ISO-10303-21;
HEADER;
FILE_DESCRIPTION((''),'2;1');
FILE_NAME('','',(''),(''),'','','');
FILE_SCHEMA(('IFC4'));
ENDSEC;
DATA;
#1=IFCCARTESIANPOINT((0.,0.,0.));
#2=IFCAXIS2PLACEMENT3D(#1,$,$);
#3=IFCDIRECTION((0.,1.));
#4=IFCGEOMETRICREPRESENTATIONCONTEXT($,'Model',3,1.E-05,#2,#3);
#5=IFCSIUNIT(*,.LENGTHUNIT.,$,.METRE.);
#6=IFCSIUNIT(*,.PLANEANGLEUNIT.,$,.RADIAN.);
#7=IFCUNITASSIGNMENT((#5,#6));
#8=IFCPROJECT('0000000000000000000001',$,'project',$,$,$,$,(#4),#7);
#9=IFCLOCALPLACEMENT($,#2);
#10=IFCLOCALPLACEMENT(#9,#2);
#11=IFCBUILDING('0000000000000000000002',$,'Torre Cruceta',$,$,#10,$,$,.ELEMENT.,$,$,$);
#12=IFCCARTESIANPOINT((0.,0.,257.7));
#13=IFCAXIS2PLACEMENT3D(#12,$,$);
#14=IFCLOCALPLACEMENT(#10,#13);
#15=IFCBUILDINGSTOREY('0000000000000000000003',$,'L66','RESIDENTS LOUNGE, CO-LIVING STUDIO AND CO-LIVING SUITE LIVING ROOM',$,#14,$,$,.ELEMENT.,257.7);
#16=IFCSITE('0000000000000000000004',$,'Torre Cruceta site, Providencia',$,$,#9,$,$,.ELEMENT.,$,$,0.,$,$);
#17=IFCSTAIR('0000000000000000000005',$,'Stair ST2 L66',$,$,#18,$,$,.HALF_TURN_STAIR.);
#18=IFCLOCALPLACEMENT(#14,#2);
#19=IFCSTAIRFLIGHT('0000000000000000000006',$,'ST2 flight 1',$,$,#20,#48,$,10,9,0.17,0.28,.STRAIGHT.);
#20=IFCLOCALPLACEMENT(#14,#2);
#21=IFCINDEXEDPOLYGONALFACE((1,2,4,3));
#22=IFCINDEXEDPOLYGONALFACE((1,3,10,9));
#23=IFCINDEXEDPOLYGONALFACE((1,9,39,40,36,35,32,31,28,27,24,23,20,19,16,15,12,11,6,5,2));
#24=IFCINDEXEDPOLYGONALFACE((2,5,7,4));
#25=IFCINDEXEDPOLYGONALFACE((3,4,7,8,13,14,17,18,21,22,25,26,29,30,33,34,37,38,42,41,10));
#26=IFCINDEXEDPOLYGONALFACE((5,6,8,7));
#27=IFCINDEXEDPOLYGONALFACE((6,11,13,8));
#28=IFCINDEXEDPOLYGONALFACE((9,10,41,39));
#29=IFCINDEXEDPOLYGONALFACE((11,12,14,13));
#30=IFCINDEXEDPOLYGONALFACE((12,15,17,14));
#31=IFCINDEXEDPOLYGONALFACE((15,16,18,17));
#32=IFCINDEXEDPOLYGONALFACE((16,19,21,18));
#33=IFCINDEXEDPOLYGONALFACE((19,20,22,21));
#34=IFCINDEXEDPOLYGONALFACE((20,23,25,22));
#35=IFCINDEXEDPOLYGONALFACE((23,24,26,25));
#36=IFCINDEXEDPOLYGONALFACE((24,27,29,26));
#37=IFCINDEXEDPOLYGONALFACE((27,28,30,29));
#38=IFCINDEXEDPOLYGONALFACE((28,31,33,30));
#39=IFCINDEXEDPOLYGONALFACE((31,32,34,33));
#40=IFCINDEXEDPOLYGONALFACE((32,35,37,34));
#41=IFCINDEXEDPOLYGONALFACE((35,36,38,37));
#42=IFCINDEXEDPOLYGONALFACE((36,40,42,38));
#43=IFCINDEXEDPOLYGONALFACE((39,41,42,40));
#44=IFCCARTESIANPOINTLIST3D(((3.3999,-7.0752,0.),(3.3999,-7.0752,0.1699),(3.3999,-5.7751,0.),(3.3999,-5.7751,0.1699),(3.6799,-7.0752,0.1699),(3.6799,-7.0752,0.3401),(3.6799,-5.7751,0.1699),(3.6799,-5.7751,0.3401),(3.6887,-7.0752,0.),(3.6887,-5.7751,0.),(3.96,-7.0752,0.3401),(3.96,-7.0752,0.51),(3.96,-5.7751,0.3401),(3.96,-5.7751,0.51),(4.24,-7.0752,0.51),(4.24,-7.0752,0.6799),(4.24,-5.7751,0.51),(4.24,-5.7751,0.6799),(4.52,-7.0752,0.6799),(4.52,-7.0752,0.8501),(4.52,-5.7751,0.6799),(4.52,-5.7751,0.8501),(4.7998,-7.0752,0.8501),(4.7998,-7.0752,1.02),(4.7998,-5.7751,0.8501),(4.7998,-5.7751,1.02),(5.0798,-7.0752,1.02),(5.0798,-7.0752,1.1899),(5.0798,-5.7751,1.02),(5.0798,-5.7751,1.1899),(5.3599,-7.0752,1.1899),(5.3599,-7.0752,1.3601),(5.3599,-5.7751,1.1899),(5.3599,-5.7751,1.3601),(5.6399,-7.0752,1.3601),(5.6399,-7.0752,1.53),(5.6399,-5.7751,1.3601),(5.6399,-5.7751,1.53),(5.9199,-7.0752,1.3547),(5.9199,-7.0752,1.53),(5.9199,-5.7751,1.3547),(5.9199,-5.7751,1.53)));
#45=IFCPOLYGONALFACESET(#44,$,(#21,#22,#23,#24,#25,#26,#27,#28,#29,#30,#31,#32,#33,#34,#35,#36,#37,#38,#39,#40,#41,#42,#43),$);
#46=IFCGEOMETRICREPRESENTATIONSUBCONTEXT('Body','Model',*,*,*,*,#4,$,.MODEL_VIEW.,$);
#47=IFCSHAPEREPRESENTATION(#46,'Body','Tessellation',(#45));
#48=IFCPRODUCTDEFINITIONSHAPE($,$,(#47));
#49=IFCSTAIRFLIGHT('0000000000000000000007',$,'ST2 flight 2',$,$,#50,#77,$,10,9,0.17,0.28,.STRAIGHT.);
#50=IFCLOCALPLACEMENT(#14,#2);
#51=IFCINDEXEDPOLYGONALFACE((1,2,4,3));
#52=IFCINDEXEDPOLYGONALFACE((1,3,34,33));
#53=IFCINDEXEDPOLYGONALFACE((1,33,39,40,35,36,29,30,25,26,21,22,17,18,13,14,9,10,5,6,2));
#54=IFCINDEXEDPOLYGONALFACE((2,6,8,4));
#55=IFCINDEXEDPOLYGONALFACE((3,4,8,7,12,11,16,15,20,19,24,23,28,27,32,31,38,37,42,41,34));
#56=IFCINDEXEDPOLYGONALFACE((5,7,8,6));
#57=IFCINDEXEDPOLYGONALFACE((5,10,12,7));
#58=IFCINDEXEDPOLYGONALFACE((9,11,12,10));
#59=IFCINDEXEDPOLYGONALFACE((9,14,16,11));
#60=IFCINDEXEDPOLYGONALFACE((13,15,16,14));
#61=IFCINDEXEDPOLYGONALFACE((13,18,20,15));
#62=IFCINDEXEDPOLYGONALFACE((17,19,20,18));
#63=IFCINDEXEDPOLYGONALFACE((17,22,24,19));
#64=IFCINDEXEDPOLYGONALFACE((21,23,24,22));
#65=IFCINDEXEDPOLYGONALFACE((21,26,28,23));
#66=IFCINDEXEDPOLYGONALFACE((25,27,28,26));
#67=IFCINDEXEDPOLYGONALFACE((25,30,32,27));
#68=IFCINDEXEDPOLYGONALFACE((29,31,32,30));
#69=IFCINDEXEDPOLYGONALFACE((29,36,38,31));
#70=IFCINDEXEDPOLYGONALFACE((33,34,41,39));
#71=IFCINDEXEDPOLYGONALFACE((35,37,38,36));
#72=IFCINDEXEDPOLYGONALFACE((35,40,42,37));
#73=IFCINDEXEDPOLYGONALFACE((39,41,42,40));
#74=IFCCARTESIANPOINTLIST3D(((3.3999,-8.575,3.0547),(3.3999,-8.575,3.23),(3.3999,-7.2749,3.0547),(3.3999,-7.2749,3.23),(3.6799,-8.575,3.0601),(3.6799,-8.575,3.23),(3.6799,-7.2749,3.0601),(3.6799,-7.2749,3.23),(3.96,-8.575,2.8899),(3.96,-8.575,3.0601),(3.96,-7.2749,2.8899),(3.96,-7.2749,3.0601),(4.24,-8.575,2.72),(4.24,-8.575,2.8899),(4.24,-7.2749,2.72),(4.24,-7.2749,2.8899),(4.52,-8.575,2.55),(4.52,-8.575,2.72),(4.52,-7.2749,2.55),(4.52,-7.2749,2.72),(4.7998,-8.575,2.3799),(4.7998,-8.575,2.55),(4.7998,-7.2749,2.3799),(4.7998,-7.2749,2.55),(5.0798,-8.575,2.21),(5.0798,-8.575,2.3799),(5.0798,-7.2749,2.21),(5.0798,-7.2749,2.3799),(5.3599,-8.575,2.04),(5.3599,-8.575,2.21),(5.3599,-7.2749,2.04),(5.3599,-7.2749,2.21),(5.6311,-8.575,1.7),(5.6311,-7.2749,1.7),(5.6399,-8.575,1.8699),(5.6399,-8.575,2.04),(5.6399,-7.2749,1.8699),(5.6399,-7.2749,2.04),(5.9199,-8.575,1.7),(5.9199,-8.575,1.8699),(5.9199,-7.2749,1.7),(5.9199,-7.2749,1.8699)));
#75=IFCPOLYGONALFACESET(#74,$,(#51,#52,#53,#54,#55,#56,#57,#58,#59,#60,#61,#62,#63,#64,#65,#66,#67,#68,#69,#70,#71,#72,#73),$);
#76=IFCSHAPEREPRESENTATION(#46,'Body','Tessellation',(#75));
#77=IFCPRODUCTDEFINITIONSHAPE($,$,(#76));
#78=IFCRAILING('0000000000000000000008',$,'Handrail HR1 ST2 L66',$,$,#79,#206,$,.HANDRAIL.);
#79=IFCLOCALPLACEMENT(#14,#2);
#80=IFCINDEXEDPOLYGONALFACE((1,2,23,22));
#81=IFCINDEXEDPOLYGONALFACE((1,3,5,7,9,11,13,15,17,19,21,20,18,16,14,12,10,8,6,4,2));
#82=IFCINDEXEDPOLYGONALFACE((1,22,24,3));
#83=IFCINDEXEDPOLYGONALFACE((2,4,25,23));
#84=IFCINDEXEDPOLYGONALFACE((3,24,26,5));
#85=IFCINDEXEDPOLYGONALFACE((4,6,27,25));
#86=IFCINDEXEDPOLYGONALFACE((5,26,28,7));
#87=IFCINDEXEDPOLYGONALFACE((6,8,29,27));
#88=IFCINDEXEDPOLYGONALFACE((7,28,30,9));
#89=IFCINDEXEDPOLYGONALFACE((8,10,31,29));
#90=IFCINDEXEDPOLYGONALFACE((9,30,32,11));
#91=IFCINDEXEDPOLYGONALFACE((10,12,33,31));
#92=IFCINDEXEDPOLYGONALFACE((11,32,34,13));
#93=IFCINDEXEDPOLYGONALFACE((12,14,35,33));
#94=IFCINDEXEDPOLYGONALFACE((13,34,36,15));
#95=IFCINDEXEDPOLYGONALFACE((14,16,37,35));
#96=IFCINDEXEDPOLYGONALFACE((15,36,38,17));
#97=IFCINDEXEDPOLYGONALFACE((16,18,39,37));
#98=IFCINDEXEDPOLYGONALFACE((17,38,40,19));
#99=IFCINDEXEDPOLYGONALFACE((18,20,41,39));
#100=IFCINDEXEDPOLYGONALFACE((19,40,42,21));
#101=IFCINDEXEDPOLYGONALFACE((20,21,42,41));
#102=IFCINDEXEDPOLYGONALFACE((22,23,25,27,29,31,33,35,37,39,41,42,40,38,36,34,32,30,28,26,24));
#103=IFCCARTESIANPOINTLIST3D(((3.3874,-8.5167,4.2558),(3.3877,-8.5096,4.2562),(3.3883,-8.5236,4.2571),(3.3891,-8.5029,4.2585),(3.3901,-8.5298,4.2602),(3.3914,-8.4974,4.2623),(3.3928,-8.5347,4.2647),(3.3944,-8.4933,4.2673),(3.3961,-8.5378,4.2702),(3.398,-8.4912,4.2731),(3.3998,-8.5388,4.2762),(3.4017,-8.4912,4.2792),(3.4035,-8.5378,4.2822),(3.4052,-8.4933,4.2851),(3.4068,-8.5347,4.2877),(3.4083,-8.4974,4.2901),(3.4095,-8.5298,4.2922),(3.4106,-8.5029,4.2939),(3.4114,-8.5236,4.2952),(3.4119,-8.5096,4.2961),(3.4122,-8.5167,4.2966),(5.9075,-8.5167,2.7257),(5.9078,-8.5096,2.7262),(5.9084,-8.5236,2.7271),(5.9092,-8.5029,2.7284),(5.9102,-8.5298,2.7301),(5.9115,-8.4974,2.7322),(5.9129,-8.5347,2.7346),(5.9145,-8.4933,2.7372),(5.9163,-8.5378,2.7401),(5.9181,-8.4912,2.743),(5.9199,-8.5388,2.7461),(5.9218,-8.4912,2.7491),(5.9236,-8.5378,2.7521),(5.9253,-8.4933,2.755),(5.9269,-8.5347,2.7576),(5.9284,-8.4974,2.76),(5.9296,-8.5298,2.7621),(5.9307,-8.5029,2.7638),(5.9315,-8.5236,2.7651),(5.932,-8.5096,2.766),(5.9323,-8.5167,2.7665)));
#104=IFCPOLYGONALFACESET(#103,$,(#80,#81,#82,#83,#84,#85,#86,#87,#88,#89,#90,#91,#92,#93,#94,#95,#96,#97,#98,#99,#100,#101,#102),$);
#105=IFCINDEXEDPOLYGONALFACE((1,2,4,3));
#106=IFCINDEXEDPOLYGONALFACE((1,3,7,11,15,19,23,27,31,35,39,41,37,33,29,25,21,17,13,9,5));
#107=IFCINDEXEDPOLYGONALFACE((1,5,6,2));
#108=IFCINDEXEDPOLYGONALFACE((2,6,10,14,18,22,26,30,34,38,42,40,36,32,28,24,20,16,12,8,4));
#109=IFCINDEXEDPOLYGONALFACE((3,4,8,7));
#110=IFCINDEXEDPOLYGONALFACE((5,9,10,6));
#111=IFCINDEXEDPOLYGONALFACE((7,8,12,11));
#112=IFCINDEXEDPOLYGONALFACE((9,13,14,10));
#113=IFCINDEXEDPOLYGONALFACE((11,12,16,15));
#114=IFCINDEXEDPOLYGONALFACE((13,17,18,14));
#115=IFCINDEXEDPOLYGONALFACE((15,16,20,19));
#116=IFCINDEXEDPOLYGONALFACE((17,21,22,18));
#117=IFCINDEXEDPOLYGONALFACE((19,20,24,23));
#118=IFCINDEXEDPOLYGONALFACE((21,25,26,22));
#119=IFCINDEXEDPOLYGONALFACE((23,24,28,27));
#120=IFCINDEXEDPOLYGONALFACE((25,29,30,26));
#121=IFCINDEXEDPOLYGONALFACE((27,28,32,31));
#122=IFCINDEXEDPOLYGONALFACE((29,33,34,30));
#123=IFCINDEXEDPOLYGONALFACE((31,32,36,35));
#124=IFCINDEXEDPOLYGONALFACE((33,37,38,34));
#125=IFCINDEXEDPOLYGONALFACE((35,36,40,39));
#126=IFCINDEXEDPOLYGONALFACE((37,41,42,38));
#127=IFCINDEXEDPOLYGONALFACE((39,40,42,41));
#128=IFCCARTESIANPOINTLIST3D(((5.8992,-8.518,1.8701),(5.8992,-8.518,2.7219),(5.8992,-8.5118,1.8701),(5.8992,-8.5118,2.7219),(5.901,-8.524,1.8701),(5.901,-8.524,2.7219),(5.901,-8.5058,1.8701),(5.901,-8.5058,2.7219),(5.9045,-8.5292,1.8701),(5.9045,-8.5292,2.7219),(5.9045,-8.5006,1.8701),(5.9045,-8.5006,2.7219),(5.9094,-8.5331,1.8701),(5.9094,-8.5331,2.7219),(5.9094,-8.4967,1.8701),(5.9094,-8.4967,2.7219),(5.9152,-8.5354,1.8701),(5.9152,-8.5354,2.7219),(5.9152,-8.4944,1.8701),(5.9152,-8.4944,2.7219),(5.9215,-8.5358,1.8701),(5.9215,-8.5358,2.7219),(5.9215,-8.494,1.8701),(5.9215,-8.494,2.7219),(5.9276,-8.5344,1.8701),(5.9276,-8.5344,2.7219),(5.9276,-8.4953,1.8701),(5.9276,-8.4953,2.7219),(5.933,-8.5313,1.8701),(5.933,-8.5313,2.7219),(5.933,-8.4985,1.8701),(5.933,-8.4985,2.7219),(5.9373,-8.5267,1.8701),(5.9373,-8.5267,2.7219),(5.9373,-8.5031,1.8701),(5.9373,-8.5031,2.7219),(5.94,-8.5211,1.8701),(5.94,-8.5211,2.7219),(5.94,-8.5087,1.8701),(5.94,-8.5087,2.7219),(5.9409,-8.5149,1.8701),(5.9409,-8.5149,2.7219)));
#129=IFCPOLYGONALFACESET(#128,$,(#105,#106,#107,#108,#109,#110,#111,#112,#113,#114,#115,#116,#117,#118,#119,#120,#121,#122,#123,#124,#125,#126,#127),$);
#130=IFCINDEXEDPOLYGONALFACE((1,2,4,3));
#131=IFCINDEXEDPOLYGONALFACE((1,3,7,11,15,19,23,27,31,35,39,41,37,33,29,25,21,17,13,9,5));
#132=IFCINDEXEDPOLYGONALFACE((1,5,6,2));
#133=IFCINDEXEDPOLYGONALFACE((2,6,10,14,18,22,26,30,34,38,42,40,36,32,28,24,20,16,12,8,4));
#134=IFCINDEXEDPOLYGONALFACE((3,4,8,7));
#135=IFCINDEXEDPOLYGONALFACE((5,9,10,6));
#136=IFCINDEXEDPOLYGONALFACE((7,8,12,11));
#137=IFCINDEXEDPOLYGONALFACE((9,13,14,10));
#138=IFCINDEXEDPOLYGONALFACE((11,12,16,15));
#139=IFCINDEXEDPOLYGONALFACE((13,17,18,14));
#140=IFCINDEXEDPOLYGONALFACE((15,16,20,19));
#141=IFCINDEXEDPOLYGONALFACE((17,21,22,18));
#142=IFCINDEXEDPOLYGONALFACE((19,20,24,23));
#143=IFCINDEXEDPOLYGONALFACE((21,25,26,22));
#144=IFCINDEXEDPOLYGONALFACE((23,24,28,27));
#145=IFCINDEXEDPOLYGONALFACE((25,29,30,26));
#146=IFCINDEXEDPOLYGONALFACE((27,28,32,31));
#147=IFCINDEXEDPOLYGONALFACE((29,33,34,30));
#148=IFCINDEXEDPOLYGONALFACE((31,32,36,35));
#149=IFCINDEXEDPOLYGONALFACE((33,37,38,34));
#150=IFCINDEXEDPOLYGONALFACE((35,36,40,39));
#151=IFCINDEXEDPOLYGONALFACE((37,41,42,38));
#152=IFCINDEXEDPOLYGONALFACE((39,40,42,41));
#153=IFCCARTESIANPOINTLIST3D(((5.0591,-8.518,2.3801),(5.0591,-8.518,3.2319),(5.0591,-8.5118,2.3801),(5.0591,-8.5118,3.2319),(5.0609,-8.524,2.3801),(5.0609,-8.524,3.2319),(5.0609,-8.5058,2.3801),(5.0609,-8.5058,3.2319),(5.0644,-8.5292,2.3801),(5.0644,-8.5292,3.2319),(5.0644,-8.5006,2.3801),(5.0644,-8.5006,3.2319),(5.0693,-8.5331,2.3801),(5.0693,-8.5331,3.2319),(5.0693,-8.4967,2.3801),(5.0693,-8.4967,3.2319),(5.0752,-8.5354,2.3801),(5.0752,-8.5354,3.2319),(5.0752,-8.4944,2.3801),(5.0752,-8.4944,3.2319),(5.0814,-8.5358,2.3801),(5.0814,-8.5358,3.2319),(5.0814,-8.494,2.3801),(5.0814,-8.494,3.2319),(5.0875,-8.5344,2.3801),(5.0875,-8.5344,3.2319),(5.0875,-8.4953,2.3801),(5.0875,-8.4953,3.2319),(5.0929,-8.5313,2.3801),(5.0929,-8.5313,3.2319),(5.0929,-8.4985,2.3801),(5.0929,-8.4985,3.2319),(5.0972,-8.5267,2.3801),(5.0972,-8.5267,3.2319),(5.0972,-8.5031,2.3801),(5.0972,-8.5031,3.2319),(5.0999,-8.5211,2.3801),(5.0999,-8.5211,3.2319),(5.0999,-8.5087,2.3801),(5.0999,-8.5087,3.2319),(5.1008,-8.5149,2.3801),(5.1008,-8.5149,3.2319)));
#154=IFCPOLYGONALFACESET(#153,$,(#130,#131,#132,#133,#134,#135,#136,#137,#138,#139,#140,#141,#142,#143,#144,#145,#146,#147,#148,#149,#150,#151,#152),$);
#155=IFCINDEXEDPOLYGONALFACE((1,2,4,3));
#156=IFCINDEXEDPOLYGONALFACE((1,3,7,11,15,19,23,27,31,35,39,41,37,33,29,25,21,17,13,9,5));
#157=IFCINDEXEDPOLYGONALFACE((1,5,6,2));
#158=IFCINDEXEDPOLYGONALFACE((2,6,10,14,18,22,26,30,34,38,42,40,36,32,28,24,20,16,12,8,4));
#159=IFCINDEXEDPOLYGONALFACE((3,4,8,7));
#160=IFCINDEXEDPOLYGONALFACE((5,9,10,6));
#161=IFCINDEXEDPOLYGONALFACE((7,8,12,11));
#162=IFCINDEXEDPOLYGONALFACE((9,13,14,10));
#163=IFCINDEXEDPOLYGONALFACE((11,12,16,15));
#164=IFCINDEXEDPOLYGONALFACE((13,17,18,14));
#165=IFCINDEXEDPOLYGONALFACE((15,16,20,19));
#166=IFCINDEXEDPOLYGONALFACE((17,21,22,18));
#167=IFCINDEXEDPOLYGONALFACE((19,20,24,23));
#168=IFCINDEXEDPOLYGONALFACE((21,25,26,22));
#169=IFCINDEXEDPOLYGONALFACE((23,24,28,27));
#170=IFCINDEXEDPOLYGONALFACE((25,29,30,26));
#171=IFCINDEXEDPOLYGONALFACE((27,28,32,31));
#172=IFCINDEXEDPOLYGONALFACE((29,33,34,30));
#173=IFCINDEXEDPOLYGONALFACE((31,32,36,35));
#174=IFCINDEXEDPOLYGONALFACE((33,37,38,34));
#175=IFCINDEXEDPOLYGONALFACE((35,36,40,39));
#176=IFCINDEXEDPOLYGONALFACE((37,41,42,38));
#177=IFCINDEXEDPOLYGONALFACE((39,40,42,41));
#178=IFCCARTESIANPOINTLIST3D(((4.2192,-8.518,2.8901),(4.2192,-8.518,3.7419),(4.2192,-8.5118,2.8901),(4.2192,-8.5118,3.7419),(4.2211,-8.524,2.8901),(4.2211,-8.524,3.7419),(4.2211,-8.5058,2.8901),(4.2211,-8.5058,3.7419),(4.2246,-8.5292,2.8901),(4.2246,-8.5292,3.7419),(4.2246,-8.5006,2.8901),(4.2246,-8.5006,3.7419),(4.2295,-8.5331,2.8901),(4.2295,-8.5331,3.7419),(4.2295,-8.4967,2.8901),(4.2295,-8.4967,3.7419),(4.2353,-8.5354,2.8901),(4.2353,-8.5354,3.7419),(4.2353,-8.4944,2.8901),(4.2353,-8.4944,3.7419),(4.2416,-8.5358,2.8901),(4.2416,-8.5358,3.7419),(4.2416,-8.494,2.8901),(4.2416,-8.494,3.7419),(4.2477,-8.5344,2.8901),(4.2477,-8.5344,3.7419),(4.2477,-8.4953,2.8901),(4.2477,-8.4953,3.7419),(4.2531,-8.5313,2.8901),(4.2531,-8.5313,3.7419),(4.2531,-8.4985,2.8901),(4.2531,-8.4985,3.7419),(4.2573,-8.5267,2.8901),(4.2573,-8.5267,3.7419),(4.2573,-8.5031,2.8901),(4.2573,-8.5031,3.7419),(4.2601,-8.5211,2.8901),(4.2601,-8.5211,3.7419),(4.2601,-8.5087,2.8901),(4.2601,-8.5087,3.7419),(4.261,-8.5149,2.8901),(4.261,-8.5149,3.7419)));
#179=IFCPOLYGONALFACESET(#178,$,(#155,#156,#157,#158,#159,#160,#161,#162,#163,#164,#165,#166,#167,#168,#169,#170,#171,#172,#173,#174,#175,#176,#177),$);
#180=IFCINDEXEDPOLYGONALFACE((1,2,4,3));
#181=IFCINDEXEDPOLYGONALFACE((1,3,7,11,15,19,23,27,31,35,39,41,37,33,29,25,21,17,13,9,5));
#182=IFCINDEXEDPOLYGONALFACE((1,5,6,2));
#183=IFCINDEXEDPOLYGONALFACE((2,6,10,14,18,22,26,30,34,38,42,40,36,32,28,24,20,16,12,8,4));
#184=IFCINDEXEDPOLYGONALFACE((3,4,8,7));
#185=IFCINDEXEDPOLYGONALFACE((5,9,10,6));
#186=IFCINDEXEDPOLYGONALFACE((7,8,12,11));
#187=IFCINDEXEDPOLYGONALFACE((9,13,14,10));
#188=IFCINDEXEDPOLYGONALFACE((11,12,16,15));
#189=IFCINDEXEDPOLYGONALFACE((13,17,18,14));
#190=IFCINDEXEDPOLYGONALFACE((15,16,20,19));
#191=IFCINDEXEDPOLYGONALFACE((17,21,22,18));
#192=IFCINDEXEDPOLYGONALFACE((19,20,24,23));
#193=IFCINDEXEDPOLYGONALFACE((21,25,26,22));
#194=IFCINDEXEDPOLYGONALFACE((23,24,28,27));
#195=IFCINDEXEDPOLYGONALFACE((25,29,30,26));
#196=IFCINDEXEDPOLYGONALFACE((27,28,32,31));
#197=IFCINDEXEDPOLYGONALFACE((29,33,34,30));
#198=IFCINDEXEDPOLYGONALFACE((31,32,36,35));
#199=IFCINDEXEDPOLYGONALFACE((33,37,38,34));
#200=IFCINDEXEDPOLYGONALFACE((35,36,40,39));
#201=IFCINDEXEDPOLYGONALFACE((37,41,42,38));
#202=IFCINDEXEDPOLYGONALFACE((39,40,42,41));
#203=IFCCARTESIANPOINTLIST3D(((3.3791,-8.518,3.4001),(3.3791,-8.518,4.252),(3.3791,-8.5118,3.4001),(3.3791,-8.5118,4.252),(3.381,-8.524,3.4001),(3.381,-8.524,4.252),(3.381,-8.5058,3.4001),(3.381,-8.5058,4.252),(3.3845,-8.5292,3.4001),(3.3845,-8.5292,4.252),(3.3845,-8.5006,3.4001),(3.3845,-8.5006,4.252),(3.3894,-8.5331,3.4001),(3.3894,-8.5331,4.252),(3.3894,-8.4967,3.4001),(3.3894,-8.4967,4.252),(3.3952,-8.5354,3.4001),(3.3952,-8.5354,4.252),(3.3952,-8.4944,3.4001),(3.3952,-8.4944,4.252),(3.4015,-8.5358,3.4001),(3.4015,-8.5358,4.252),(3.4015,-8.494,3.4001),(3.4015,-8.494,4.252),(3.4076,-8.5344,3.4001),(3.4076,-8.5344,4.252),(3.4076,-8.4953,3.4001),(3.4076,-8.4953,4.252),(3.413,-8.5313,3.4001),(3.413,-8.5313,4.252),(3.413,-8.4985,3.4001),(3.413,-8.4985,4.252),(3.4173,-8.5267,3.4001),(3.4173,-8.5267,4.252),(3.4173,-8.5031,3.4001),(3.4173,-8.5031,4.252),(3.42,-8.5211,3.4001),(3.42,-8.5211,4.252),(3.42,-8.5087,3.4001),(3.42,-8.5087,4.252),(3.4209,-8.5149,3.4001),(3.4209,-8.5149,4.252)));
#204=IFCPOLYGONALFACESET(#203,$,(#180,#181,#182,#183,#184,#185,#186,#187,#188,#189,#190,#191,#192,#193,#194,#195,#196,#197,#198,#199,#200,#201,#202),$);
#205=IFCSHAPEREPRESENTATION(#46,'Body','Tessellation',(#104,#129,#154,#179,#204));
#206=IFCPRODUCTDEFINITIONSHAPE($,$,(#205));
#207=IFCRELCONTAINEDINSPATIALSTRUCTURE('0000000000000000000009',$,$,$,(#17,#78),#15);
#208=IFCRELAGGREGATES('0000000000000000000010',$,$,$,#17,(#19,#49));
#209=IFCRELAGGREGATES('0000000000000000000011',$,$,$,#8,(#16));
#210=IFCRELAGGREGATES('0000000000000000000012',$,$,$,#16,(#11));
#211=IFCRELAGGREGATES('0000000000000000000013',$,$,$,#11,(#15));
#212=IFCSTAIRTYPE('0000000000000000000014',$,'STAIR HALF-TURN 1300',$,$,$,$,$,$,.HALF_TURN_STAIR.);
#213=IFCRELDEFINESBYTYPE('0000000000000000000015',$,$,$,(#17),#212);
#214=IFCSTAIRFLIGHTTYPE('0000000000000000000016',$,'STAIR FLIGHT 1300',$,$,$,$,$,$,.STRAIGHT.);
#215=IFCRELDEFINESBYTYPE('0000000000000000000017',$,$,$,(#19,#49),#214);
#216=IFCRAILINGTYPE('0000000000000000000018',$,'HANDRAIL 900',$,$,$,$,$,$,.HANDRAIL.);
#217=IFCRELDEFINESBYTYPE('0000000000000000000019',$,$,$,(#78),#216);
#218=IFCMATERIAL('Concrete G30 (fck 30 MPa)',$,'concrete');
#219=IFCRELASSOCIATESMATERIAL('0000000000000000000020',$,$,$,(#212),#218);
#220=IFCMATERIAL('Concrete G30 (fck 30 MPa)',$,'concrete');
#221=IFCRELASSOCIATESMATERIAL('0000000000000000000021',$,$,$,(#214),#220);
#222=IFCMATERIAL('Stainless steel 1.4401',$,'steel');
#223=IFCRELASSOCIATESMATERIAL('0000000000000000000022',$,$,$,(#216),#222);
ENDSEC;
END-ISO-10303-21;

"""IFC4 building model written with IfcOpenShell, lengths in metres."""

from ifc_helpers import new_model, si_unit, direction, frame, origin, origin_2d, place, context, subcontext, project, spatial, polyline, circle, outline, extrude, material, type_object, element, aggregate, save


model = new_model("IFC4")

# Units and contexts
model_context = context("Model", 3, precision=1e-05, world=origin(), true_north=direction((0.0, 1.0)))
body_context = subcontext(model_context, "Body", "Model", "MODEL_VIEW")
ifc_project = project(units=[si_unit("LENGTHUNIT", "METRE"), si_unit("PLANEANGLEUNIT", "RADIAN")], contexts=[model_context])

# Site, building, storey
site_placement = place(None, origin())
site = spatial("IfcSite", under=ifc_project, at=site_placement, Name="Torre Cruceta site, Providencia", CompositionType="ELEMENT", RefElevation=0.0)
building_placement = place(site_placement, origin())
building = spatial("IfcBuilding", under=site, at=building_placement, Name="Torre Cruceta", CompositionType="ELEMENT")
storey_placement = place(building_placement, frame((0.0, 0.0, 257.7)))
storey = spatial("IfcBuildingStorey", under=building, at=storey_placement, Name="L66", Description="RESIDENTS LOUNGE, CO-LIVING STUDIO AND CO-LIVING SUITE LIVING ROOM", CompositionType="ELEMENT", Elevation=257.7)

# Stair, stair flights
ifc_material_1 = material(Name="Concrete G30 (fck 30 MPa)", Category="concrete")
stair_type = type_object("IfcStairType", Name="STAIR HALF-TURN 1300", PredefinedType="HALF_TURN_STAIR", material=ifc_material_1)
stair_placement = place(storey_placement, origin())
stair = element("IfcStair", 1, at=stair_placement, inside=storey, type_object=stair_type, Name="Stair ST2 L66", PredefinedType="HALF_TURN_STAIR")
ifc_material_2 = material(Name="Concrete G30 (fck 30 MPa)", Category="concrete")
stair_flight_type = type_object("IfcStairFlightType", Name="STAIR FLIGHT 1300", PredefinedType="STRAIGHT", material=ifc_material_2)
stair_flight_1_placement = place(storey_placement, frame((3.3999, -6.425, 0.0), z_axis=(0.0, 0.0, 1.0), x_axis=(1.0, 0.0, 0.0)))
stair_flight_1 = element("IfcStairFlight", 2, at=stair_flight_1_placement, type_object=stair_flight_type, Name="ST2 flight 1", NumberOfRisers=10, NumberOfTreads=9, PredefinedType="STRAIGHT", RiserHeight=0.17, TreadLength=0.28, context=body_context, shape_type="SweptSolid", body=[
    extrude(outline(polyline([(0.0, 0.0), (0.0, 0.1699), (0.28, 0.1699), (0.28, 0.3401), (0.5601, 0.3401), (0.5601, 0.51), (0.8401, 0.51), (0.8401, 0.6799), (1.1201, 0.6799), (1.1201, 0.8501), (1.3999, 0.8501), (1.3999, 1.02), (1.6799, 1.02), (1.6799, 1.1899), (1.96, 1.1899), (1.96, 1.3601), (2.24, 1.3601), (2.24, 1.53), (2.52, 1.53), (2.52, 1.7), (2.52, 1.3547), (0.2888, 0.0), (0.0, 0.0)])), frame((0.0, 0.6499, 0.0), z_axis=(0.0, -1.0, 0.0), x_axis=(1.0, 0.0, 0.0)), (0.0, 0.0, 1.0), 1.3),
])
stair_flight_2_placement = place(storey_placement, frame((5.9199, -7.925, 1.7), z_axis=(0.0, 0.0, 1.0), x_axis=(-1.0, 0.0, 0.0)))
stair_flight_2 = element("IfcStairFlight", 3, at=stair_flight_2_placement, type_object=stair_flight_type, Name="ST2 flight 2", NumberOfRisers=10, NumberOfTreads=9, PredefinedType="STRAIGHT", RiserHeight=0.17, TreadLength=0.28, context=body_context, shape_type="SweptSolid", body=[
    extrude(outline(polyline([(0.0, 0.0), (0.0, 0.1699), (0.28, 0.1699), (0.28, 0.3401), (0.5601, 0.3401), (0.5601, 0.51), (0.8401, 0.51), (0.8401, 0.6799), (1.1201, 0.6799), (1.1201, 0.8501), (1.3999, 0.8501), (1.3999, 1.02), (1.6799, 1.02), (1.6799, 1.1899), (1.96, 1.1899), (1.96, 1.3601), (2.24, 1.3601), (2.24, 1.53), (2.52, 1.53), (2.52, 1.7), (2.52, 1.3547), (0.2888, 0.0), (0.0, 0.0)])), frame((0.0, 0.6499, 0.0), z_axis=(0.0, -1.0, 0.0), x_axis=(1.0, 0.0, 0.0)), (0.0, 0.0, 1.0), 1.3),
])
aggregate(stair, [stair_flight_1, stair_flight_2])

# Railing
ifc_material_3 = material(Name="Stainless steel 1.4401", Category="steel")
railing_type = type_object("IfcRailingType", Name="HANDRAIL 900", PredefinedType="HANDRAIL", material=ifc_material_3)
railing_1_placement = place(storey_placement, frame((5.9199, -8.5149, 1.8701)))
element("IfcRailing", 4, at=railing_1_placement, inside=storey, type_object=railing_type, Name="Handrail HR1 ST2 L66", PredefinedType="HANDRAIL", context=body_context, shape_type="SweptSolid", body=[
    extrude(circle(Radius=0.0239, at=origin_2d()), frame((0.0, 0.0, 0.876), z_axis=(-0.854785, 0.0, 0.518982), x_axis=(0.0, -1.0, 0.0)), (0.0, 0.0, 1.0), 2.9482),
    extrude(circle(Radius=0.021, at=origin_2d()), origin(), (0.0, 0.0, 1.0), 0.8518),
    extrude(circle(Radius=0.021, at=origin_2d()), frame((-0.8401, 0.0, 0.51)), (0.0, 0.0, 1.0), 0.8518),
    extrude(circle(Radius=0.021, at=origin_2d()), frame((-1.6799, 0.0, 1.02)), (0.0, 0.0, 1.0), 0.8518),
    extrude(circle(Radius=0.021, at=origin_2d()), frame((-2.52, 0.0, 1.53)), (0.0, 0.0, 1.0), 0.8518),
])

save(model, "model.ifc")
